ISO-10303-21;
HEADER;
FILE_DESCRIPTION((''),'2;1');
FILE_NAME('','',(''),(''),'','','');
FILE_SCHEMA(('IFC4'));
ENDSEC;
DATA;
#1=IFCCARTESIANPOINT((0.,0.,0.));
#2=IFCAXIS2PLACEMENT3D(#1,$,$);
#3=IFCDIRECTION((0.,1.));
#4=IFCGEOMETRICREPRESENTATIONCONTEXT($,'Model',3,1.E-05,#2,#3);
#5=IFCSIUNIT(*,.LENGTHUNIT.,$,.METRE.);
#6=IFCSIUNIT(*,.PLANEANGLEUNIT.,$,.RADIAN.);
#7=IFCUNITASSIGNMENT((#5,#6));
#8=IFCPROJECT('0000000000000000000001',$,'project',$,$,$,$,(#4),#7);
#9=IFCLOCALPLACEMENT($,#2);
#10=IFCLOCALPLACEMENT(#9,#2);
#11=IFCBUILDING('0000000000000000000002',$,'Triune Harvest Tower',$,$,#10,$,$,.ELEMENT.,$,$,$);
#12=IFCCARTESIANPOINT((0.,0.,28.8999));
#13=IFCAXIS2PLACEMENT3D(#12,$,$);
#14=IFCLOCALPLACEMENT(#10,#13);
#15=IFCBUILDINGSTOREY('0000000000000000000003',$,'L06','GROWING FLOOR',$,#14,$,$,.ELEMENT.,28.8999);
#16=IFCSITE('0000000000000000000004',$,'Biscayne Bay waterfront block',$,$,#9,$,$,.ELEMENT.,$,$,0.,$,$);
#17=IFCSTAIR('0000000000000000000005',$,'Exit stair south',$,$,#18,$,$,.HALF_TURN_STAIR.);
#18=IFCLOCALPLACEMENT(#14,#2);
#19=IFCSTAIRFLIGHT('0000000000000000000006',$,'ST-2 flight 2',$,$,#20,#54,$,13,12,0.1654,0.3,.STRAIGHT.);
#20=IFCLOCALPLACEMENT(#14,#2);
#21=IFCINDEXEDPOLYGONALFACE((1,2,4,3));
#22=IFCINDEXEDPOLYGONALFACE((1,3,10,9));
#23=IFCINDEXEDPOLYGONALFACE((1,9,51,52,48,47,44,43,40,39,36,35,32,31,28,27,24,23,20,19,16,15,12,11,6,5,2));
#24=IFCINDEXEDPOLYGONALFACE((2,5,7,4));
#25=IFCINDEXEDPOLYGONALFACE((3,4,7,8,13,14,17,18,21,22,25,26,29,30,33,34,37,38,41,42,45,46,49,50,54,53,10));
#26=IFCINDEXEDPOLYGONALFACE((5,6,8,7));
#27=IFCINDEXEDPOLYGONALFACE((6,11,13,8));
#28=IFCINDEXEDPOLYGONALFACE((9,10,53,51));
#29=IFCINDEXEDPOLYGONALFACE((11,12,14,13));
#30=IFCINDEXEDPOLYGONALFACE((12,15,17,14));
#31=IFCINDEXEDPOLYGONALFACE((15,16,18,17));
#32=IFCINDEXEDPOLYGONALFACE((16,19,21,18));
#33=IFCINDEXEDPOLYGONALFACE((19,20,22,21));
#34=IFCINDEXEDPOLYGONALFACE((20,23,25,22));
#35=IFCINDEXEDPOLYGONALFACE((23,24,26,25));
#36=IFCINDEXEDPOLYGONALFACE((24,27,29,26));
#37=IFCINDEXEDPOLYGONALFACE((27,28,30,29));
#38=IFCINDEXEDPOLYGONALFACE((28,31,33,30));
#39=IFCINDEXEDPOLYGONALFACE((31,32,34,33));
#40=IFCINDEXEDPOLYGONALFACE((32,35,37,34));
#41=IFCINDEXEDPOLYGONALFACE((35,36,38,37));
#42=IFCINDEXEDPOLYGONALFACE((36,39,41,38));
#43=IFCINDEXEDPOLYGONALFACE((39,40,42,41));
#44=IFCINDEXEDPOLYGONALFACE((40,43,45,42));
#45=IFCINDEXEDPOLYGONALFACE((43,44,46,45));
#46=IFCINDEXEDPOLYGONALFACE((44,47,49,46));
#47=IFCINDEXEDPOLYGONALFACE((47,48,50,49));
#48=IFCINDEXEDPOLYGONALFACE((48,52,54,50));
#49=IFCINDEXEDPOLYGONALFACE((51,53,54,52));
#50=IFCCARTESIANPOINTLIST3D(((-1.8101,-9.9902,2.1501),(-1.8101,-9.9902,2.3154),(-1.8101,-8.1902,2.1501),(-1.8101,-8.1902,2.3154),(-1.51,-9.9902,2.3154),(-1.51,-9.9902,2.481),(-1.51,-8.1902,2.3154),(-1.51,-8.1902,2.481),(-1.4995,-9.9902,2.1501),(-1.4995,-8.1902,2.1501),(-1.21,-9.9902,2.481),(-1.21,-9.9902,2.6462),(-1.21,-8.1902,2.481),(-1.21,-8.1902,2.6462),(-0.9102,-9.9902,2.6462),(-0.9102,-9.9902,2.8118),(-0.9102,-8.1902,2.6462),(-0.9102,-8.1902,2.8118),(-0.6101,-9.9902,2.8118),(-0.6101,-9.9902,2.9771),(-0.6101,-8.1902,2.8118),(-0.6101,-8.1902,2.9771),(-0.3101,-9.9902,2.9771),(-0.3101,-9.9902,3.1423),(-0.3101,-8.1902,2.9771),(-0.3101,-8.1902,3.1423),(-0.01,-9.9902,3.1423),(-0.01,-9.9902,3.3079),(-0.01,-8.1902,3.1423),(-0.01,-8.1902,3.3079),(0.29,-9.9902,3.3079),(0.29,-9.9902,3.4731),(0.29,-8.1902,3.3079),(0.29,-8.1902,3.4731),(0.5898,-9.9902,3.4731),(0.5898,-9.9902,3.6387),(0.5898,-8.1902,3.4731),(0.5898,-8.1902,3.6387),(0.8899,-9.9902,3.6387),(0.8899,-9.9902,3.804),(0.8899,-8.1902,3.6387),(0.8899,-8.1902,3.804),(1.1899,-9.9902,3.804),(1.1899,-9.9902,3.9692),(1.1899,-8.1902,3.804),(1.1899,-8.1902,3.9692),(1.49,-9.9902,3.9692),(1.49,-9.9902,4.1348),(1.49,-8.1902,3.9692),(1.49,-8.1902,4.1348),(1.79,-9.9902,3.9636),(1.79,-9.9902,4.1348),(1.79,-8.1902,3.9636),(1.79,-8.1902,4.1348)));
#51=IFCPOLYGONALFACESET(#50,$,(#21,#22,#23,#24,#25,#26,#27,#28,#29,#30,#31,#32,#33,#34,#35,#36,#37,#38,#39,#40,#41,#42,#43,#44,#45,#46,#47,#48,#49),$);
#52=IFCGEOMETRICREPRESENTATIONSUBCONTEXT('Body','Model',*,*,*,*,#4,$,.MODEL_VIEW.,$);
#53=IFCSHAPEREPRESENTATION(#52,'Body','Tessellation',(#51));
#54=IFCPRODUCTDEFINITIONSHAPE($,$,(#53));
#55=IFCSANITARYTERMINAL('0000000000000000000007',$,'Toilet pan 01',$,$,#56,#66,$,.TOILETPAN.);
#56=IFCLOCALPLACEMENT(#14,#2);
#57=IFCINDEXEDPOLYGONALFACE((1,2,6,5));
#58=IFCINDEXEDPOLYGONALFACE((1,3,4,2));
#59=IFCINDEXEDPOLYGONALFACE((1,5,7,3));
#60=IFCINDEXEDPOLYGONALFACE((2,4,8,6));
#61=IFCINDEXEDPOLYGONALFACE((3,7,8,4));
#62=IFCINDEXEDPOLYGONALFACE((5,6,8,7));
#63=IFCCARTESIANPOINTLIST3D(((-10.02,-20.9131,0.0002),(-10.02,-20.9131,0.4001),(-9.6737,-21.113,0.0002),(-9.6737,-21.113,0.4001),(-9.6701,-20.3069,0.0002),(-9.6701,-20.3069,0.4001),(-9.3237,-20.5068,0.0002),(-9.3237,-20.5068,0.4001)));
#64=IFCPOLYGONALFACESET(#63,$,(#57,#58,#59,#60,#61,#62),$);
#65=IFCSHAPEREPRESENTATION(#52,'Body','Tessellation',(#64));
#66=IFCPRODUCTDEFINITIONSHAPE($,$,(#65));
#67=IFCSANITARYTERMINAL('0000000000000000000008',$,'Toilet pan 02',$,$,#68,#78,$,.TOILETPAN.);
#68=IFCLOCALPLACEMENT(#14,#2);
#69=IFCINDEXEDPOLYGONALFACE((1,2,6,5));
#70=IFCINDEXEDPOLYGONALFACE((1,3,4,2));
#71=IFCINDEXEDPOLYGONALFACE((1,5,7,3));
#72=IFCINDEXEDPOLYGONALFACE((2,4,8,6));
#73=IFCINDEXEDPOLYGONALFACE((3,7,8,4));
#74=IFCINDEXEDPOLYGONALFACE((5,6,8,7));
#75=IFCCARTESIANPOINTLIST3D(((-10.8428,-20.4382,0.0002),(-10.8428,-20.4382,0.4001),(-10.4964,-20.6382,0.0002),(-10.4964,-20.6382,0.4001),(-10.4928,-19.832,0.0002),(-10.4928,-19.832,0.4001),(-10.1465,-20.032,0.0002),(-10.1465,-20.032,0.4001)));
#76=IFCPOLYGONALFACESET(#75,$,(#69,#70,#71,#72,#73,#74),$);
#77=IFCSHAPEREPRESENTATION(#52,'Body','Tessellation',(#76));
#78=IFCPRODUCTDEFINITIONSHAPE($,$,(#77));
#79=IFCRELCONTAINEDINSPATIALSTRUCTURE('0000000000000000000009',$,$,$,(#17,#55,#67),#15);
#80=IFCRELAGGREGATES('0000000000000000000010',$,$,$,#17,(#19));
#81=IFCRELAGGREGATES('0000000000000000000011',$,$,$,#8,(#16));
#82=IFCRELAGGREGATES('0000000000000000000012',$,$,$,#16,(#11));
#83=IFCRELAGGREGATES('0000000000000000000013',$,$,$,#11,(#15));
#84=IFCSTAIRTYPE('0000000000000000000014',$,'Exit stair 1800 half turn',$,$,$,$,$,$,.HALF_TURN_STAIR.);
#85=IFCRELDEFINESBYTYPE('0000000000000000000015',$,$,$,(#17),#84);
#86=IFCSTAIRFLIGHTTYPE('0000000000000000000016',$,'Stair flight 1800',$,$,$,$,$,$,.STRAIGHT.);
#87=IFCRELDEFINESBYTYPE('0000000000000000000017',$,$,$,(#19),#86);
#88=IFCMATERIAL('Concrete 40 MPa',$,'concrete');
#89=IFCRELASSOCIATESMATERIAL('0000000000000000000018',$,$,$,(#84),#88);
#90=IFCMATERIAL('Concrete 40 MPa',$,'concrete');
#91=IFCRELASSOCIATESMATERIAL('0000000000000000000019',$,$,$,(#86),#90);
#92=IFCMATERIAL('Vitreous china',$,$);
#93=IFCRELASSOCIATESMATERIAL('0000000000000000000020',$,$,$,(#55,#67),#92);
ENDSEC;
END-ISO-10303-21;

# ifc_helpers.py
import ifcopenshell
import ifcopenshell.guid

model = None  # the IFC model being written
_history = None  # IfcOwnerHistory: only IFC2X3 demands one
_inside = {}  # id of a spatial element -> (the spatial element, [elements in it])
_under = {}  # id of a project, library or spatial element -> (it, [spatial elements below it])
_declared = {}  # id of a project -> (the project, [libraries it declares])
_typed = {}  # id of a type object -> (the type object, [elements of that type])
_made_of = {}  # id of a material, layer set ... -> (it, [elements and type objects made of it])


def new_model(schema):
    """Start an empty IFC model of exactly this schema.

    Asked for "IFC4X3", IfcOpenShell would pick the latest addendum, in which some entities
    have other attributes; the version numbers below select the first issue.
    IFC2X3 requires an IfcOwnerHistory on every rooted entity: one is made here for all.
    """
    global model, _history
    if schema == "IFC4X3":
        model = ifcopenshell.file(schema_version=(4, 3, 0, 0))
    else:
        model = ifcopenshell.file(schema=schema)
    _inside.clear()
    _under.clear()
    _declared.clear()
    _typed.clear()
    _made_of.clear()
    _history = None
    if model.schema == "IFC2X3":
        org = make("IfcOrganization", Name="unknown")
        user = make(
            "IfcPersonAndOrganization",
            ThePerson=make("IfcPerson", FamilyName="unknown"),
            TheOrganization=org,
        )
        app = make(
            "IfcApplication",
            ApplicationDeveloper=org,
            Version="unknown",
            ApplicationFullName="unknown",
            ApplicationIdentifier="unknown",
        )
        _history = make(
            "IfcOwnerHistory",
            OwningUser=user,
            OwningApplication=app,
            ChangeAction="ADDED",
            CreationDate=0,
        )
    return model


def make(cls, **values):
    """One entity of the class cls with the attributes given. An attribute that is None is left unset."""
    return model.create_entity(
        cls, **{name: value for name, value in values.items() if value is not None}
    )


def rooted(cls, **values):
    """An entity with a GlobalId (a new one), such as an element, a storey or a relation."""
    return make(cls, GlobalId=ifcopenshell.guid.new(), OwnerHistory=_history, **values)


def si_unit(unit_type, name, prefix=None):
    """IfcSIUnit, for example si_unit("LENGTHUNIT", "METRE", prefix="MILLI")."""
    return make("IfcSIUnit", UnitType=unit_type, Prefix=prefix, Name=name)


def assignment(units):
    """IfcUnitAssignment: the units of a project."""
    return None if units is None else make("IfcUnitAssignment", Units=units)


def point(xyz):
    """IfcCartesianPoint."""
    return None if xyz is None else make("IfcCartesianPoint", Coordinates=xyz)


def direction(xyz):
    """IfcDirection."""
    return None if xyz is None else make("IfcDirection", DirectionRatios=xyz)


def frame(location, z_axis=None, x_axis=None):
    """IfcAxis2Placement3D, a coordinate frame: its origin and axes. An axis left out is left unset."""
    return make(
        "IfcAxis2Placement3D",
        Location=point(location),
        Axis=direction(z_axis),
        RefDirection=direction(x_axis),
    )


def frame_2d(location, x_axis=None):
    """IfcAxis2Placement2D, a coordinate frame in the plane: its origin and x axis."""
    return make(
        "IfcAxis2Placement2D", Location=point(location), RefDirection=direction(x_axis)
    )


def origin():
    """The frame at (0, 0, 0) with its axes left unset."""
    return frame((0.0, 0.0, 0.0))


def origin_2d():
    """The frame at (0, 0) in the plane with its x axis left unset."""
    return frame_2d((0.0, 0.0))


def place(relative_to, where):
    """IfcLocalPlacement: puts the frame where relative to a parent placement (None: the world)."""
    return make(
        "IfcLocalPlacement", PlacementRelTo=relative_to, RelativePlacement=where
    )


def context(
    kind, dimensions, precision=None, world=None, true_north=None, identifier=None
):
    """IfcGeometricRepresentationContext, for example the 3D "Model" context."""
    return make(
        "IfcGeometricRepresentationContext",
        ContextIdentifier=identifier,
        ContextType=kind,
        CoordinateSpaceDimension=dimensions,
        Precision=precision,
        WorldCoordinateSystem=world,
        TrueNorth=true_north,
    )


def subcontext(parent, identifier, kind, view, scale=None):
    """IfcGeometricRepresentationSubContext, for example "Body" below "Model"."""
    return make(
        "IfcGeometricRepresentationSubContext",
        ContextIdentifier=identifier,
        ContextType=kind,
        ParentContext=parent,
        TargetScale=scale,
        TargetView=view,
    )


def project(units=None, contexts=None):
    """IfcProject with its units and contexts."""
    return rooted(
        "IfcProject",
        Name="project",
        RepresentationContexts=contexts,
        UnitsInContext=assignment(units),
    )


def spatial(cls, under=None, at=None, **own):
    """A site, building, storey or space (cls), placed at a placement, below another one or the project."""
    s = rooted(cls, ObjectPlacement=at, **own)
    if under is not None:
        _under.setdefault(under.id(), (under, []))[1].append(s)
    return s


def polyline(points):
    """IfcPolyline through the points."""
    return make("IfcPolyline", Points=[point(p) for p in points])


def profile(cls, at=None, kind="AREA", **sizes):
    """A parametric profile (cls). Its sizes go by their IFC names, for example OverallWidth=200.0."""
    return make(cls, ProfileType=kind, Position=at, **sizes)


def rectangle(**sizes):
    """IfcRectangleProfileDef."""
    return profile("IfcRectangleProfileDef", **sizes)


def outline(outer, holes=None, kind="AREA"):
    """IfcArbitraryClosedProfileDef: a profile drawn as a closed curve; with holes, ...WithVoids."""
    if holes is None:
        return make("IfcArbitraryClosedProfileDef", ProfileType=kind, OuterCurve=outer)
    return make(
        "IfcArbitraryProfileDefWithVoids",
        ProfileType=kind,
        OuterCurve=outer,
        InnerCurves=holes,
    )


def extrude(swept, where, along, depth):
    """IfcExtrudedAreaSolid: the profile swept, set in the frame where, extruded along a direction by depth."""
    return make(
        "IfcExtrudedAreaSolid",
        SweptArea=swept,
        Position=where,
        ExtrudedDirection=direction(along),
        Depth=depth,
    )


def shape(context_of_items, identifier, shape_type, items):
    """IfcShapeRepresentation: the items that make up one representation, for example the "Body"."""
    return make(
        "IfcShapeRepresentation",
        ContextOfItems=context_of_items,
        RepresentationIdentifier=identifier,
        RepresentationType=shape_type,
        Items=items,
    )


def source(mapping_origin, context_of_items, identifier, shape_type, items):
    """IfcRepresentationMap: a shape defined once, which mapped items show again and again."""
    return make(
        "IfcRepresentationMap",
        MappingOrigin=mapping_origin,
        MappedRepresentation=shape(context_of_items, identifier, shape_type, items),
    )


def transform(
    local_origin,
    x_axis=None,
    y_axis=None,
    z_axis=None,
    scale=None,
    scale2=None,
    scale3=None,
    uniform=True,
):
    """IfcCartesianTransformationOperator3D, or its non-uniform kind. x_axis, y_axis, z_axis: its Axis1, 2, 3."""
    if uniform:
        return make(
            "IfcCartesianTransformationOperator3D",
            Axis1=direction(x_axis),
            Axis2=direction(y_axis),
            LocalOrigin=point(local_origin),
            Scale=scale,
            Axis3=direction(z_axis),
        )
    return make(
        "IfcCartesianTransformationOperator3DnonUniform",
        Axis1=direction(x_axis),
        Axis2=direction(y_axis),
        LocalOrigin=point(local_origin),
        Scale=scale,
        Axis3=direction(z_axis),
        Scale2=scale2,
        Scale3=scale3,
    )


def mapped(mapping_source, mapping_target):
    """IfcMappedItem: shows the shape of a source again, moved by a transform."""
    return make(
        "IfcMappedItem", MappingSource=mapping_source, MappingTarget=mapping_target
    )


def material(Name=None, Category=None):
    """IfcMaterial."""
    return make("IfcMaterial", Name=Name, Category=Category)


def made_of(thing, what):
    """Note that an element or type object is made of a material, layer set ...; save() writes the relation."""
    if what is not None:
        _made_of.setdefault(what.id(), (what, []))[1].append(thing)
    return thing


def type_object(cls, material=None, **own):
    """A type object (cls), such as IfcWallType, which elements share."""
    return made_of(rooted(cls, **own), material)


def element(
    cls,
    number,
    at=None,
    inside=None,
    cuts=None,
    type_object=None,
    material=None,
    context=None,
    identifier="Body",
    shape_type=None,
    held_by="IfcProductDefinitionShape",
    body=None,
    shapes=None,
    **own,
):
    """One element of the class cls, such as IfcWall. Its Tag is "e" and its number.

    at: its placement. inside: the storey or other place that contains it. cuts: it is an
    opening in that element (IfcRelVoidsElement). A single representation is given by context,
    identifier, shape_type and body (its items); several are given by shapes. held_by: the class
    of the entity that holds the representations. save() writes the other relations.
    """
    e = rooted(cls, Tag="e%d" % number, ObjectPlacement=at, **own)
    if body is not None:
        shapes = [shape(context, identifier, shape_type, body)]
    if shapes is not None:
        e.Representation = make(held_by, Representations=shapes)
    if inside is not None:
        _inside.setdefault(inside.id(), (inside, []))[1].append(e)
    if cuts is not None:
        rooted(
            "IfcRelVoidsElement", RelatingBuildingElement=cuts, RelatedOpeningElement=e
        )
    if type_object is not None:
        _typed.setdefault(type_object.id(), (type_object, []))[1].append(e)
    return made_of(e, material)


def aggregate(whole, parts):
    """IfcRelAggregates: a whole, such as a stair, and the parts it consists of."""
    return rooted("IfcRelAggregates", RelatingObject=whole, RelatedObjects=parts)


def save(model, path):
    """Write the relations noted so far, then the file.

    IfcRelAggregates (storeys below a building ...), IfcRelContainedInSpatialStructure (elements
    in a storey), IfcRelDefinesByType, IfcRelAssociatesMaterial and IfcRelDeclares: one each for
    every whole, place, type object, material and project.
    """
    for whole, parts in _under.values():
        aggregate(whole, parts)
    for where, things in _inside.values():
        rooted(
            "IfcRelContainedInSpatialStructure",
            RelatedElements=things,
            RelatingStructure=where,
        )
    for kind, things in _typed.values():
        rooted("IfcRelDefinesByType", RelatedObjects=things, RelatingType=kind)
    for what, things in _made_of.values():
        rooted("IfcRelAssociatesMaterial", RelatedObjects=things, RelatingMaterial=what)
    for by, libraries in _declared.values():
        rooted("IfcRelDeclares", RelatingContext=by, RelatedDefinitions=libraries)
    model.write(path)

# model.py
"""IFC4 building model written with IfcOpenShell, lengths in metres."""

from ifc_helpers import new_model, si_unit, direction, frame, origin, origin_2d, place, context, subcontext, project, spatial, polyline, rectangle, outline, extrude, source, transform, mapped, material, type_object, element, aggregate, save


model = new_model("IFC4")

# Units and contexts
model_context = context("Model", 3, precision=1e-05, world=origin(), true_north=direction((0.0, 1.0)))
body_context = subcontext(model_context, "Body", "Model", "MODEL_VIEW")
ifc_project = project(units=[si_unit("LENGTHUNIT", "METRE"), si_unit("PLANEANGLEUNIT", "RADIAN")], contexts=[model_context])

# Site, building, storey
site_placement = place(None, origin())
site = spatial("IfcSite", under=ifc_project, at=site_placement, Name="Biscayne Bay waterfront block", CompositionType="ELEMENT", RefElevation=0.0)
building_placement = place(site_placement, origin())
building = spatial("IfcBuilding", under=site, at=building_placement, Name="Triune Harvest Tower", CompositionType="ELEMENT")
storey_placement = place(building_placement, frame((0.0, 0.0, 28.8999)))
storey = spatial("IfcBuildingStorey", under=building, at=storey_placement, Name="L06", Description="GROWING FLOOR", CompositionType="ELEMENT", Elevation=28.8999)

# Stair, stair flight
ifc_material_1 = material(Name="Concrete 40 MPa", Category="concrete")
stair_type = type_object("IfcStairType", Name="Exit stair 1800 half turn", PredefinedType="HALF_TURN_STAIR", material=ifc_material_1)
stair_placement = place(storey_placement, origin())
stair = element("IfcStair", 1, at=stair_placement, inside=storey, type_object=stair_type, Name="Exit stair south", PredefinedType="HALF_TURN_STAIR")
ifc_material_2 = material(Name="Concrete 40 MPa", Category="concrete")
stair_flight_type = type_object("IfcStairFlightType", Name="Stair flight 1800", PredefinedType="STRAIGHT", material=ifc_material_2)
shared_shape_1 = source(origin(), body_context, "Body", "SweptSolid", [
    extrude(outline(polyline([(0.0, 0.0), (0.0, 0.1653), (0.3, 0.1653), (0.3, 0.3308), (0.6001, 0.3308), (0.6001, 0.4961), (0.8999, 0.4961), (0.8999, 0.6616), (1.2, 0.6616), (1.2, 0.8269), (1.5, 0.8269), (1.5, 0.9922), (1.8, 0.9922), (1.8, 1.1577), (2.1001, 1.1577), (2.1001, 1.323), (2.3999, 1.323), (2.3999, 1.4885), (2.7, 1.4885), (2.7, 1.6538), (3.0, 1.6538), (3.0, 1.8191), (3.3, 1.8191), (3.3, 1.9846), (3.6001, 1.9846), (3.6001, 2.1499), (3.6001, 1.8135), (0.3105, 0.0), (0.0, 0.0)])), frame((0.0, 0.8999, 0.0), z_axis=(0.0, -1.0, 0.0), x_axis=(1.0, 0.0, 0.0)), (0.0, 0.0, 1.0), 1.8),
])
stair_flight_placement = place(storey_placement, frame((-1.8101, -9.0901, 2.1501), z_axis=(0.0, 0.0, 1.0), x_axis=(1.0, 0.0, 0.0)))
stair_flight = element("IfcStairFlight", 2, at=stair_flight_placement, type_object=stair_flight_type, Name="ST-2 flight 2", NumberOfRisers=13, NumberOfTreads=12, PredefinedType="STRAIGHT", RiserHeight=0.1654, TreadLength=0.3, context=body_context, shape_type="MappedRepresentation", body=[
    mapped(shared_shape_1, transform((0.0, 0.0, 0.0), scale=1.0)),
])
aggregate(stair, [stair_flight])

# Sanitary terminals
ifc_material_3 = material(Name="Vitreous china")
shared_shape_2 = source(origin(), body_context, "Body", "SweptSolid", [
    extrude(rectangle(XDim=0.3999, YDim=0.7, at=origin_2d()), origin(), (0.0, 0.0, 1.0), 0.3999),
])
for number, where, z_axis, x_axis, name in (
    (3, (-9.6719, -20.71, 0.0002), (0.0, 0.0, 1.0), (-0.866043, 0.49997, 0.0), "Toilet pan 01"),
    (4, (-10.4946, -20.2351, 0.0002), (0.0, 0.0, 1.0), (-0.866043, 0.49997, 0.0), "Toilet pan 02"),
):
    element("IfcSanitaryTerminal", number, at=place(storey_placement, frame(where, z_axis=z_axis, x_axis=x_axis)), inside=storey, material=ifc_material_3, Name=name, PredefinedType="TOILETPAN", context=body_context, shape_type="MappedRepresentation", body=[
        mapped(shared_shape_2, transform((0.0, 0.0, 0.0), scale=1.0)),
    ])

save(model, "model.ifc")
